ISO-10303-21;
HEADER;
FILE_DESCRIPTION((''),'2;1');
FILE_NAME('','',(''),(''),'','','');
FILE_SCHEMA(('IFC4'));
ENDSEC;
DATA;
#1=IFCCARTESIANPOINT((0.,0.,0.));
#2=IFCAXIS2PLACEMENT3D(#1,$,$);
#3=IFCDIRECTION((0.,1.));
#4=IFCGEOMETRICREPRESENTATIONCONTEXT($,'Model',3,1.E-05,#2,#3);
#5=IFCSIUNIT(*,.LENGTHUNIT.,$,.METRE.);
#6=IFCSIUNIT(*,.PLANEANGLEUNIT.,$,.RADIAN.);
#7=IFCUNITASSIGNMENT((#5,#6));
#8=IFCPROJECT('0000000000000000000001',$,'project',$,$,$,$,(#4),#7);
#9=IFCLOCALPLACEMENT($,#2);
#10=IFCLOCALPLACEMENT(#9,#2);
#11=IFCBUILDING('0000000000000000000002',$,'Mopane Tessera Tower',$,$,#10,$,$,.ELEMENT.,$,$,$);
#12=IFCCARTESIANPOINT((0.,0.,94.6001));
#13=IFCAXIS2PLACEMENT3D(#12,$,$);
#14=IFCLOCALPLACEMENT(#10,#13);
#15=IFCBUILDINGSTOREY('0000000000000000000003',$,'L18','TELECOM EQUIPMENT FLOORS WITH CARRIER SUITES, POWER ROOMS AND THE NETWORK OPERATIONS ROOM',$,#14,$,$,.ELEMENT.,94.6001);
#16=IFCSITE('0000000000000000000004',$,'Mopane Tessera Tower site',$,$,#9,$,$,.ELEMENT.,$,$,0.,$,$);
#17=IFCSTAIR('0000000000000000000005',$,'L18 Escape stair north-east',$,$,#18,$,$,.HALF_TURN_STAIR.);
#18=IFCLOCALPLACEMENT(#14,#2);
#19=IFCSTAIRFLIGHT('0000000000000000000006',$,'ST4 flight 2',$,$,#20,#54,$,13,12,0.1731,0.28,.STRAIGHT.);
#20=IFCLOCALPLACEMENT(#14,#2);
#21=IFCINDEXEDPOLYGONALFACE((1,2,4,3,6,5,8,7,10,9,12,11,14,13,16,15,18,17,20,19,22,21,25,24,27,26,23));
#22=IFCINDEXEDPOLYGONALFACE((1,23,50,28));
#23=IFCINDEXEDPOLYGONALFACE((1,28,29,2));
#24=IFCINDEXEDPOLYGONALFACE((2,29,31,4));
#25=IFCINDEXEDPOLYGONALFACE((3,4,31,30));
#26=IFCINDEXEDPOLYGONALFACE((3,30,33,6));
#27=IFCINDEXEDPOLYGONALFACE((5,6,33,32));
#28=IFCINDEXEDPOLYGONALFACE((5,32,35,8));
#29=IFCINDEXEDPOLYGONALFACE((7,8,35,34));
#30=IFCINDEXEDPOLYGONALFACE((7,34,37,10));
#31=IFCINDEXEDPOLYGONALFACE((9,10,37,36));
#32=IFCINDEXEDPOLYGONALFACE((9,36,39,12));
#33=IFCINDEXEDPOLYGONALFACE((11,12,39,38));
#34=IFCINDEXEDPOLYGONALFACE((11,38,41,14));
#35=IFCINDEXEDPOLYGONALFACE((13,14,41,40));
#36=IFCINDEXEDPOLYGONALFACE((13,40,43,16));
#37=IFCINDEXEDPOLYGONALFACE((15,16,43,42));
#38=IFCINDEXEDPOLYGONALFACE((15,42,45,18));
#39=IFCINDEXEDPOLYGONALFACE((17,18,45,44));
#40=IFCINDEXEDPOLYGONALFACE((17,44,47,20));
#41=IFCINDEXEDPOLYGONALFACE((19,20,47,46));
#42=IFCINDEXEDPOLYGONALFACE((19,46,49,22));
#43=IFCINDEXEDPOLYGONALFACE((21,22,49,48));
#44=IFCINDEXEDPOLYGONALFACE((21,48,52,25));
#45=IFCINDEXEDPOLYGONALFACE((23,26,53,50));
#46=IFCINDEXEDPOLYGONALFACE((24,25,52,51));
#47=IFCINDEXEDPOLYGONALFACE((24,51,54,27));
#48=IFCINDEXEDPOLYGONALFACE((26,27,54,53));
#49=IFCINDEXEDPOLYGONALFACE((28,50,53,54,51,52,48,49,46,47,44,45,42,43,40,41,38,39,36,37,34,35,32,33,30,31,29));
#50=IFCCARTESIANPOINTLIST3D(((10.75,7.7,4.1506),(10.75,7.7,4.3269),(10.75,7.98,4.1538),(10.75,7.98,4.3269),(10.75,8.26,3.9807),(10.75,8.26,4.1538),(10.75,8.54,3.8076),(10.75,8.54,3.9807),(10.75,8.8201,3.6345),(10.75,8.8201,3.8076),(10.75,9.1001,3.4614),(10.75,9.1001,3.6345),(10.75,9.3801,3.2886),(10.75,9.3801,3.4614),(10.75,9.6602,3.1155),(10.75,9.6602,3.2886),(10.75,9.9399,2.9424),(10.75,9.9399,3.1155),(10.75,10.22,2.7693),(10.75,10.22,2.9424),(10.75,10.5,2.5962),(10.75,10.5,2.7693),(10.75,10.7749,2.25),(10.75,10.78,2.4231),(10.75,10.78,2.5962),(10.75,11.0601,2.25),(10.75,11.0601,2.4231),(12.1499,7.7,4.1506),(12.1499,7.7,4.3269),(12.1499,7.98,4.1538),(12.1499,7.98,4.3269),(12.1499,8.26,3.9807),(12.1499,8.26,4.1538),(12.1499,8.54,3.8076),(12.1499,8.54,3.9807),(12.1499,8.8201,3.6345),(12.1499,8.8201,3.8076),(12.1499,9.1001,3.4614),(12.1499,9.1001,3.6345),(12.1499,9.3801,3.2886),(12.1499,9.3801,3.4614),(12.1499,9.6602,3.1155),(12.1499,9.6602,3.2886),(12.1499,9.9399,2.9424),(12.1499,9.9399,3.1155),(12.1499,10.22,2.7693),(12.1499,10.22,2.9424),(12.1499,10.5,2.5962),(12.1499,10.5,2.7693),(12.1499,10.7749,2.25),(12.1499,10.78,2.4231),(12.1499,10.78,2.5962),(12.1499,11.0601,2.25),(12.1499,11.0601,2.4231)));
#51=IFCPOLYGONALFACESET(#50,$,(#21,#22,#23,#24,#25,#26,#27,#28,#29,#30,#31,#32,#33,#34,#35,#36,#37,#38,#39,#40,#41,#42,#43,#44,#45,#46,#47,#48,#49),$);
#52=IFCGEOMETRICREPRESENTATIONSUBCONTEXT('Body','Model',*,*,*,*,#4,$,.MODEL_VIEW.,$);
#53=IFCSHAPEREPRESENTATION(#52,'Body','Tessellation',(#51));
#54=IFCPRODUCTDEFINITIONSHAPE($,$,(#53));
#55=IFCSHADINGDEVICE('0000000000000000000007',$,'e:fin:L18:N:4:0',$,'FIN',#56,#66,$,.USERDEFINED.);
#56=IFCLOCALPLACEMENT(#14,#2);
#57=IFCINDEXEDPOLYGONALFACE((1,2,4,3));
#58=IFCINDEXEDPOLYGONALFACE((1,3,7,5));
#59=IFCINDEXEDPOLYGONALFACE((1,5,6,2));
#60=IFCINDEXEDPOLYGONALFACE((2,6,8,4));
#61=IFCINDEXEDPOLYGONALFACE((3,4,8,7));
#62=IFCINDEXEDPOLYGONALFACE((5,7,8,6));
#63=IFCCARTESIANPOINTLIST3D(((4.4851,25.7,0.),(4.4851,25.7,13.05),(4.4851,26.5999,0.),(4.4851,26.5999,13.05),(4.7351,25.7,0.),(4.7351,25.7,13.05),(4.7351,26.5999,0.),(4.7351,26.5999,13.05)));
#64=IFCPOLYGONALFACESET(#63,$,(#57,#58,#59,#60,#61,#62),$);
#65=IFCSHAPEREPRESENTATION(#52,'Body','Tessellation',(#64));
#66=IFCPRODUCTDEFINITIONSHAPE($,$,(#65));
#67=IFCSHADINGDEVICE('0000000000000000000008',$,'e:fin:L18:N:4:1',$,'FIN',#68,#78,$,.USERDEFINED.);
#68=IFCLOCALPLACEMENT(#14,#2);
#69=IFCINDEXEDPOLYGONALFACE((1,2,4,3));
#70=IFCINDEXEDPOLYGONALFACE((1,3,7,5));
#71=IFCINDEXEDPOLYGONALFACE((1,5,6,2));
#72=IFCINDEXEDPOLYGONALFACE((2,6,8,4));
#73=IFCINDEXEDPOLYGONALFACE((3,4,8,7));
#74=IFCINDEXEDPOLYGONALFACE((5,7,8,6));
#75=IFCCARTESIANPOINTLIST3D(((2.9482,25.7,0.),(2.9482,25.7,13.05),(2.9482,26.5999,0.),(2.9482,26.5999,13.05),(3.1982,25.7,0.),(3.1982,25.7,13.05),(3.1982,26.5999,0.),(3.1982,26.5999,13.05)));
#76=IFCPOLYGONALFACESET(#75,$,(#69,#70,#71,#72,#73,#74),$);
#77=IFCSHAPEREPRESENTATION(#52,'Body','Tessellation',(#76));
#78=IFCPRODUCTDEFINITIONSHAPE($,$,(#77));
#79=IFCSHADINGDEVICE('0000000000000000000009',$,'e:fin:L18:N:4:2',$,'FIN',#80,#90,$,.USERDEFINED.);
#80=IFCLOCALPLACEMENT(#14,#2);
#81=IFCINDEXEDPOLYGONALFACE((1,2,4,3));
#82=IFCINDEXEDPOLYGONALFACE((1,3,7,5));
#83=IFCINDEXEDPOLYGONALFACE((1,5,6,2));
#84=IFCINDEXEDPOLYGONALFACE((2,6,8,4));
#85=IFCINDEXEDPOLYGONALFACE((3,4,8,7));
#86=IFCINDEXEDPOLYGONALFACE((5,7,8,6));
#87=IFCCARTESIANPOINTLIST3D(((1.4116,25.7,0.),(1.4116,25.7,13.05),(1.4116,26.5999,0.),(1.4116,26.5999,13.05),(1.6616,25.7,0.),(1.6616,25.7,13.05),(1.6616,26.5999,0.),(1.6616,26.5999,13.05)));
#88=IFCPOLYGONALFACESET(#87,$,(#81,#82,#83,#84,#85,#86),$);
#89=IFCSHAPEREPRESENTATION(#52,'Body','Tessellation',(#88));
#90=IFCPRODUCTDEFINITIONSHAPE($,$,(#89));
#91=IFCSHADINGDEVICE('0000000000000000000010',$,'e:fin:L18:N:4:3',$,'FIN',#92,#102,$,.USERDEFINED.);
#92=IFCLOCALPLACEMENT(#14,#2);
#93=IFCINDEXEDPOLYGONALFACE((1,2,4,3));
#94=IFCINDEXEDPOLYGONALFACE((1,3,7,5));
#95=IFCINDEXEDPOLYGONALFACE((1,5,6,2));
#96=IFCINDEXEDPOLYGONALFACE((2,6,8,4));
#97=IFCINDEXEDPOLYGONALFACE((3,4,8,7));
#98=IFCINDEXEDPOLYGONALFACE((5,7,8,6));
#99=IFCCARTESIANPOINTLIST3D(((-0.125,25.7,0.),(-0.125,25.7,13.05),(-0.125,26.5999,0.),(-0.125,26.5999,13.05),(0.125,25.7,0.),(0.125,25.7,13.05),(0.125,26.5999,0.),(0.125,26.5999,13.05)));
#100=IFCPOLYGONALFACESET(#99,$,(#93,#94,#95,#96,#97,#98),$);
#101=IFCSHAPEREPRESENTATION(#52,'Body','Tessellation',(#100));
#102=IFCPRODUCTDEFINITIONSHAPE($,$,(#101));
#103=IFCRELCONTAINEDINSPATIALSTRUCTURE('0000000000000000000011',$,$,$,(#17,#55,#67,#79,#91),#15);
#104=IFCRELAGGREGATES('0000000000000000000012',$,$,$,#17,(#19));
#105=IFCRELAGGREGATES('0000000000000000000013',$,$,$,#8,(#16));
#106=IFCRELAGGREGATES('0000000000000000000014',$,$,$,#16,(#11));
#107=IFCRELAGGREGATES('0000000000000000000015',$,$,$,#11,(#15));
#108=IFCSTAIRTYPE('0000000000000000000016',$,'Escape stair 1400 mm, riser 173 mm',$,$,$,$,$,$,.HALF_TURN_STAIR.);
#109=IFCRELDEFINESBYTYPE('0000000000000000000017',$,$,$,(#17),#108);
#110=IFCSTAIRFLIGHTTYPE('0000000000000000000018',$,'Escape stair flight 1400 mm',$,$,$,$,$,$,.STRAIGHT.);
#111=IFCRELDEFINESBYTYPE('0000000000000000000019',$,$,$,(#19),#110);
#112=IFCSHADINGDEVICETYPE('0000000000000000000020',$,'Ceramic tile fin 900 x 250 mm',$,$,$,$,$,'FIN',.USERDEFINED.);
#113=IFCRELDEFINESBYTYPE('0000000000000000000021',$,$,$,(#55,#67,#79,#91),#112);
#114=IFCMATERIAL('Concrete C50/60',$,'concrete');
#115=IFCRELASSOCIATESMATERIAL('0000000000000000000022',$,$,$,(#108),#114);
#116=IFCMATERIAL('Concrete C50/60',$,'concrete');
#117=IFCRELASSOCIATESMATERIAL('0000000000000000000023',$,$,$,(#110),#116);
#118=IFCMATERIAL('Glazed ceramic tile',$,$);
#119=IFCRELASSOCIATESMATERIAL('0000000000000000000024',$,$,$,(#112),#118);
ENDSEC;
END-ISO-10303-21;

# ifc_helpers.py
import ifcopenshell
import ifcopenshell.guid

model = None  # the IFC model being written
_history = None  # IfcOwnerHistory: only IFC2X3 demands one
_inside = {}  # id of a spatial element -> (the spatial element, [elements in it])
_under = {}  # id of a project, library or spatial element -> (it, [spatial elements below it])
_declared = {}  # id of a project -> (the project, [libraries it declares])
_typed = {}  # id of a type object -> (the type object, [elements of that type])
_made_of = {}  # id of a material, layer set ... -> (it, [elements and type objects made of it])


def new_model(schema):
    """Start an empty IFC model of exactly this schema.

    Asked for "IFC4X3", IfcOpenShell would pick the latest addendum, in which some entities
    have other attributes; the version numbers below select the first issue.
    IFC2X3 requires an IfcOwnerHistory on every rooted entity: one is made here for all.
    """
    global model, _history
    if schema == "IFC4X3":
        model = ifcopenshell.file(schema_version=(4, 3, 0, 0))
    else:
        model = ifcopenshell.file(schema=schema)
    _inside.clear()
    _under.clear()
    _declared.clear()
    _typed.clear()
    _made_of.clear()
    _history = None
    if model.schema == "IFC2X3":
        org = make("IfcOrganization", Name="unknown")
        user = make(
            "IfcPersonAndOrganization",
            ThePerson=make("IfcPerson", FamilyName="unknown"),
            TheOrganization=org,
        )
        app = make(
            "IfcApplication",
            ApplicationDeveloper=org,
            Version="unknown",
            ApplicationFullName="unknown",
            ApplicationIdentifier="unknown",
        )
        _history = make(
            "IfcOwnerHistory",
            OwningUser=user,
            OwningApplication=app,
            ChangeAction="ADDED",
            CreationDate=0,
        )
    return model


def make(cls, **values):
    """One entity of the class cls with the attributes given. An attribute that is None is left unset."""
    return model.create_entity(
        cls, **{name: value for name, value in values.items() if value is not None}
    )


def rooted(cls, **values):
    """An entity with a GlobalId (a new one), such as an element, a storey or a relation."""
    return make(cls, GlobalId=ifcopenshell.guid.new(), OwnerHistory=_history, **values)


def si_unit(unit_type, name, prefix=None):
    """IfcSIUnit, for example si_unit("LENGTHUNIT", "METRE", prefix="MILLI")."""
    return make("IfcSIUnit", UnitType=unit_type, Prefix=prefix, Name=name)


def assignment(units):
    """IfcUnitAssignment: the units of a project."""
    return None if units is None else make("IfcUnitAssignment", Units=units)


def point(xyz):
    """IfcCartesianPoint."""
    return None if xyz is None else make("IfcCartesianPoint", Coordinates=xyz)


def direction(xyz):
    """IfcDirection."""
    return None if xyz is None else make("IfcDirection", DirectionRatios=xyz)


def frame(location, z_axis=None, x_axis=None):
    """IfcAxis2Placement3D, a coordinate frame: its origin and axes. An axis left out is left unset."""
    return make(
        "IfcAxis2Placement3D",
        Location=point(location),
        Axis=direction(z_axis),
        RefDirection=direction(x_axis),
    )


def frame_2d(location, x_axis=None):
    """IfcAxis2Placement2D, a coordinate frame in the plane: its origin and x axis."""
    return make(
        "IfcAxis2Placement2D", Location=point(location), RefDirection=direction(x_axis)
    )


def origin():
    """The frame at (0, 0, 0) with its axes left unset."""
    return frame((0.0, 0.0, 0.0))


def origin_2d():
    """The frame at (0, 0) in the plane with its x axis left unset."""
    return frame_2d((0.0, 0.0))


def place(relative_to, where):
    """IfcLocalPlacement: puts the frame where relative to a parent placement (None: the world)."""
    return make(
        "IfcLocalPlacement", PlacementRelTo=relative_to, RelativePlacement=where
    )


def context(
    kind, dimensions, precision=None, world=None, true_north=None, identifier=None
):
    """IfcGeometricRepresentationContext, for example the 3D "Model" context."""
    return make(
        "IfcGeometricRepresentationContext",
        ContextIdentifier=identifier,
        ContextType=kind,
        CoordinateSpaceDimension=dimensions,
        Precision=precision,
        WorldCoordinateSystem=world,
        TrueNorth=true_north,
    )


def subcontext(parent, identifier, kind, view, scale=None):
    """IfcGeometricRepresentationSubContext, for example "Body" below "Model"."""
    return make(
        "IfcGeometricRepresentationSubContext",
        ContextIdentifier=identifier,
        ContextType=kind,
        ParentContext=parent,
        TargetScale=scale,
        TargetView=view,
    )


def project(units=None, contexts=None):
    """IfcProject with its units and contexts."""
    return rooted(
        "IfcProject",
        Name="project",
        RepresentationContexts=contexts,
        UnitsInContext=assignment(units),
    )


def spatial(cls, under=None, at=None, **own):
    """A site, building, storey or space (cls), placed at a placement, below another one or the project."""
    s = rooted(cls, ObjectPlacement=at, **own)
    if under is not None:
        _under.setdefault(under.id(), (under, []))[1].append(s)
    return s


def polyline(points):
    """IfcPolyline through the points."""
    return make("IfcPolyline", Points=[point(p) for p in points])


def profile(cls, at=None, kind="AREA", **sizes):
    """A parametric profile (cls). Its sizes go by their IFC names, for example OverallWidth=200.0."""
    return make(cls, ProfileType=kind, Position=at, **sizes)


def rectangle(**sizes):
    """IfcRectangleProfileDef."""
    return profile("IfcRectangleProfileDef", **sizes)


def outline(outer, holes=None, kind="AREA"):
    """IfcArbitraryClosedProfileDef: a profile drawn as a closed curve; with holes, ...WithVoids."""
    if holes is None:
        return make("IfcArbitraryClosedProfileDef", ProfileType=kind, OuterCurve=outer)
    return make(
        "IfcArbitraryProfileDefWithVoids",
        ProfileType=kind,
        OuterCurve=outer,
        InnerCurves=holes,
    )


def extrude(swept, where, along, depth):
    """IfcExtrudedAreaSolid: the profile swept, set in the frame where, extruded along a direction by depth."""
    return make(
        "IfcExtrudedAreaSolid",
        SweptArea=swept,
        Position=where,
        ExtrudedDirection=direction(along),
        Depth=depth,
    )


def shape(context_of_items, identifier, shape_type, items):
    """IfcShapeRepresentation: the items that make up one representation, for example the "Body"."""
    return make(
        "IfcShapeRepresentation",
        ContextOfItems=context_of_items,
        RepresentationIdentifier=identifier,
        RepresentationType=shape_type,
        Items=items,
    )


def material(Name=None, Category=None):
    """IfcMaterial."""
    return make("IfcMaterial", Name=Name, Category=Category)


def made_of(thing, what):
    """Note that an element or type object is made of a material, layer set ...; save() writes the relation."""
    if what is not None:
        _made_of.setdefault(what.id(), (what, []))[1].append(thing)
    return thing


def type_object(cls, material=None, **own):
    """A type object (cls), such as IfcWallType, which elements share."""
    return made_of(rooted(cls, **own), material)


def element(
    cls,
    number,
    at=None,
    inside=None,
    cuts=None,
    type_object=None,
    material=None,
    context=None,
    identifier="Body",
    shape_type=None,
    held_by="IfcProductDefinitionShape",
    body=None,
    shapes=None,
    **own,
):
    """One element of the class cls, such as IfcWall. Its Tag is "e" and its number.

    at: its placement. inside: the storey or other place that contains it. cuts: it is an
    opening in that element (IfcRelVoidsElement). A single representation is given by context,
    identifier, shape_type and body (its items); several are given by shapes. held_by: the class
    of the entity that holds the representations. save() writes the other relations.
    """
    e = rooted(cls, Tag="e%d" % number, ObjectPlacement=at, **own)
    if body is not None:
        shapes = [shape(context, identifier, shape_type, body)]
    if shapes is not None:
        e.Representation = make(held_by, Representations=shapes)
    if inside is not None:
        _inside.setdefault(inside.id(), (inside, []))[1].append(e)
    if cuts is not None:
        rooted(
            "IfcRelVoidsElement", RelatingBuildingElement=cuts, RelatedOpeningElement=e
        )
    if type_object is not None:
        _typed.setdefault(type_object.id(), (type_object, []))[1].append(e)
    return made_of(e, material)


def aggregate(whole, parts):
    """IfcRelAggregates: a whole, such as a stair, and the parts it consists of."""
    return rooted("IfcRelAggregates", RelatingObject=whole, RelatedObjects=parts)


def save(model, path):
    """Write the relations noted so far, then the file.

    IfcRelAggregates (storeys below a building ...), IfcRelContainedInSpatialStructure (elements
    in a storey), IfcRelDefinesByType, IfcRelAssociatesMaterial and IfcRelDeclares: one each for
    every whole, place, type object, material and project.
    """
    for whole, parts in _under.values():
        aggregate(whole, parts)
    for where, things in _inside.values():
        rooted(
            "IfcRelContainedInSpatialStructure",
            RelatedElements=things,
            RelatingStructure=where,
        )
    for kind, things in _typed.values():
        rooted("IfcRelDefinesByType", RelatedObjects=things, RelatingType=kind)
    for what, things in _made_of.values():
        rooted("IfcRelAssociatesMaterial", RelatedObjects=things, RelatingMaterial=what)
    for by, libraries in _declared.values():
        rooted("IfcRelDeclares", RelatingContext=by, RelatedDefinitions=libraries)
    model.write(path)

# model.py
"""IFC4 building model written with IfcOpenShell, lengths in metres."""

from ifc_helpers import new_model, si_unit, direction, frame, origin, origin_2d, place, context, subcontext, project, spatial, polyline, rectangle, outline, extrude, material, type_object, element, aggregate, save


model = new_model("IFC4")

# Units and contexts
model_context = context("Model", 3, precision=1e-05, world=origin(), true_north=direction((0.0, 1.0)))
body_context = subcontext(model_context, "Body", "Model", "MODEL_VIEW")
ifc_project = project(units=[si_unit("LENGTHUNIT", "METRE"), si_unit("PLANEANGLEUNIT", "RADIAN")], contexts=[model_context])

# Site, building, storey
site_placement = place(None, origin())
site = spatial("IfcSite", under=ifc_project, at=site_placement, Name="Mopane Tessera Tower site", CompositionType="ELEMENT", RefElevation=0.0)
building_placement = place(site_placement, origin())
building = spatial("IfcBuilding", under=site, at=building_placement, Name="Mopane Tessera Tower", CompositionType="ELEMENT")
storey_placement = place(building_placement, frame((0.0, 0.0, 94.6001)))
storey = spatial("IfcBuildingStorey", under=building, at=storey_placement, Name="L18", Description="TELECOM EQUIPMENT FLOORS WITH CARRIER SUITES, POWER ROOMS AND THE NETWORK OPERATIONS ROOM", CompositionType="ELEMENT", Elevation=94.6001)

# Stair, stair flight
ifc_material_1 = material(Name="Concrete C50/60", Category="concrete")
stair_type = type_object("IfcStairType", Name="Escape stair 1400 mm, riser 173 mm", PredefinedType="HALF_TURN_STAIR", material=ifc_material_1)
stair_placement = place(storey_placement, origin())
stair = element("IfcStair", 1, at=stair_placement, inside=storey, type_object=stair_type, Name="L18 Escape stair north-east", PredefinedType="HALF_TURN_STAIR")
ifc_material_2 = material(Name="Concrete C50/60", Category="concrete")
stair_flight_type = type_object("IfcStairFlightType", Name="Escape stair flight 1400 mm", PredefinedType="STRAIGHT", material=ifc_material_2)
stair_flight_1_placement = place(storey_placement, frame((11.45, 11.0601, 2.25), z_axis=(0.0, 0.0, 1.0), x_axis=(0.0, -1.0, 0.0)))
stair_flight_1 = element("IfcStairFlight", 2, at=stair_flight_1_placement, type_object=stair_flight_type, Name="ST4 flight 2", NumberOfRisers=13, NumberOfTreads=12, PredefinedType="STRAIGHT", RiserHeight=0.1731, TreadLength=0.28, context=body_context, shape_type="SweptSolid", body=[
    extrude(outline(polyline([(0.0, 0.0), (0.0, 0.1731), (0.28, 0.1731), (0.28, 0.3462), (0.5601, 0.3462), (0.5601, 0.5193), (0.8401, 0.5193), (0.8401, 0.6924), (1.1201, 0.6924), (1.1201, 0.8655), (1.3999, 0.8655), (1.3999, 1.0386), (1.6799, 1.0386), (1.6799, 1.2114), (1.96, 1.2114), (1.96, 1.3845), (2.24, 1.3845), (2.24, 1.5576), (2.52, 1.5576), (2.52, 1.7307), (2.8, 1.7307), (2.8, 1.9038), (3.0801, 1.9038), (3.0801, 2.0769), (3.3601, 2.0769), (3.3601, 2.25), (3.3601, 1.9006), (0.2852, 0.0), (0.0, 0.0)])), frame((0.0, 0.7, 0.0), z_axis=(0.0, -1.0, 0.0), x_axis=(1.0, 0.0, 0.0)), (0.0, 0.0, 1.0), 1.3999),
])
aggregate(stair, [stair_flight_1])

# Shading devices
ifc_material_3 = material(Name="Glazed ceramic tile")
shading_device_type = type_object("IfcShadingDeviceType", Name="Ceramic tile fin 900 x 250 mm", ElementType="FIN", PredefinedType="USERDEFINED", material=ifc_material_3)
for number, where, z_axis, x_axis, name in (
    (3, (4.6101, 26.1499, 0.0), (0.0, 0.0, 1.0), (-1.0, 0.0, 0.0), "e:fin:L18:N:4:0"),
    (4, (3.0732, 26.1499, 0.0), (0.0, 0.0, 1.0), (-1.0, 0.0, 0.0), "e:fin:L18:N:4:1"),
    (5, (1.5366, 26.1499, 0.0), (0.0, 0.0, 1.0), (-1.0, 0.0, 0.0), "e:fin:L18:N:4:2"),
    (6, (0.0, 26.1499, 0.0), (0.0, 0.0, 1.0), (-1.0, 0.0, 0.0), "e:fin:L18:N:4:3"),
):
    element("IfcShadingDevice", number, at=place(storey_placement, frame(where, z_axis=z_axis, x_axis=x_axis)), inside=storey, type_object=shading_device_type, Name=name, ObjectType="FIN", PredefinedType="USERDEFINED", context=body_context, shape_type="SweptSolid", body=[
        extrude(rectangle(XDim=0.25, YDim=0.8999, at=origin_2d()), origin(), (0.0, 0.0, 1.0), 13.05),
    ])

save(model, "model.ifc")
